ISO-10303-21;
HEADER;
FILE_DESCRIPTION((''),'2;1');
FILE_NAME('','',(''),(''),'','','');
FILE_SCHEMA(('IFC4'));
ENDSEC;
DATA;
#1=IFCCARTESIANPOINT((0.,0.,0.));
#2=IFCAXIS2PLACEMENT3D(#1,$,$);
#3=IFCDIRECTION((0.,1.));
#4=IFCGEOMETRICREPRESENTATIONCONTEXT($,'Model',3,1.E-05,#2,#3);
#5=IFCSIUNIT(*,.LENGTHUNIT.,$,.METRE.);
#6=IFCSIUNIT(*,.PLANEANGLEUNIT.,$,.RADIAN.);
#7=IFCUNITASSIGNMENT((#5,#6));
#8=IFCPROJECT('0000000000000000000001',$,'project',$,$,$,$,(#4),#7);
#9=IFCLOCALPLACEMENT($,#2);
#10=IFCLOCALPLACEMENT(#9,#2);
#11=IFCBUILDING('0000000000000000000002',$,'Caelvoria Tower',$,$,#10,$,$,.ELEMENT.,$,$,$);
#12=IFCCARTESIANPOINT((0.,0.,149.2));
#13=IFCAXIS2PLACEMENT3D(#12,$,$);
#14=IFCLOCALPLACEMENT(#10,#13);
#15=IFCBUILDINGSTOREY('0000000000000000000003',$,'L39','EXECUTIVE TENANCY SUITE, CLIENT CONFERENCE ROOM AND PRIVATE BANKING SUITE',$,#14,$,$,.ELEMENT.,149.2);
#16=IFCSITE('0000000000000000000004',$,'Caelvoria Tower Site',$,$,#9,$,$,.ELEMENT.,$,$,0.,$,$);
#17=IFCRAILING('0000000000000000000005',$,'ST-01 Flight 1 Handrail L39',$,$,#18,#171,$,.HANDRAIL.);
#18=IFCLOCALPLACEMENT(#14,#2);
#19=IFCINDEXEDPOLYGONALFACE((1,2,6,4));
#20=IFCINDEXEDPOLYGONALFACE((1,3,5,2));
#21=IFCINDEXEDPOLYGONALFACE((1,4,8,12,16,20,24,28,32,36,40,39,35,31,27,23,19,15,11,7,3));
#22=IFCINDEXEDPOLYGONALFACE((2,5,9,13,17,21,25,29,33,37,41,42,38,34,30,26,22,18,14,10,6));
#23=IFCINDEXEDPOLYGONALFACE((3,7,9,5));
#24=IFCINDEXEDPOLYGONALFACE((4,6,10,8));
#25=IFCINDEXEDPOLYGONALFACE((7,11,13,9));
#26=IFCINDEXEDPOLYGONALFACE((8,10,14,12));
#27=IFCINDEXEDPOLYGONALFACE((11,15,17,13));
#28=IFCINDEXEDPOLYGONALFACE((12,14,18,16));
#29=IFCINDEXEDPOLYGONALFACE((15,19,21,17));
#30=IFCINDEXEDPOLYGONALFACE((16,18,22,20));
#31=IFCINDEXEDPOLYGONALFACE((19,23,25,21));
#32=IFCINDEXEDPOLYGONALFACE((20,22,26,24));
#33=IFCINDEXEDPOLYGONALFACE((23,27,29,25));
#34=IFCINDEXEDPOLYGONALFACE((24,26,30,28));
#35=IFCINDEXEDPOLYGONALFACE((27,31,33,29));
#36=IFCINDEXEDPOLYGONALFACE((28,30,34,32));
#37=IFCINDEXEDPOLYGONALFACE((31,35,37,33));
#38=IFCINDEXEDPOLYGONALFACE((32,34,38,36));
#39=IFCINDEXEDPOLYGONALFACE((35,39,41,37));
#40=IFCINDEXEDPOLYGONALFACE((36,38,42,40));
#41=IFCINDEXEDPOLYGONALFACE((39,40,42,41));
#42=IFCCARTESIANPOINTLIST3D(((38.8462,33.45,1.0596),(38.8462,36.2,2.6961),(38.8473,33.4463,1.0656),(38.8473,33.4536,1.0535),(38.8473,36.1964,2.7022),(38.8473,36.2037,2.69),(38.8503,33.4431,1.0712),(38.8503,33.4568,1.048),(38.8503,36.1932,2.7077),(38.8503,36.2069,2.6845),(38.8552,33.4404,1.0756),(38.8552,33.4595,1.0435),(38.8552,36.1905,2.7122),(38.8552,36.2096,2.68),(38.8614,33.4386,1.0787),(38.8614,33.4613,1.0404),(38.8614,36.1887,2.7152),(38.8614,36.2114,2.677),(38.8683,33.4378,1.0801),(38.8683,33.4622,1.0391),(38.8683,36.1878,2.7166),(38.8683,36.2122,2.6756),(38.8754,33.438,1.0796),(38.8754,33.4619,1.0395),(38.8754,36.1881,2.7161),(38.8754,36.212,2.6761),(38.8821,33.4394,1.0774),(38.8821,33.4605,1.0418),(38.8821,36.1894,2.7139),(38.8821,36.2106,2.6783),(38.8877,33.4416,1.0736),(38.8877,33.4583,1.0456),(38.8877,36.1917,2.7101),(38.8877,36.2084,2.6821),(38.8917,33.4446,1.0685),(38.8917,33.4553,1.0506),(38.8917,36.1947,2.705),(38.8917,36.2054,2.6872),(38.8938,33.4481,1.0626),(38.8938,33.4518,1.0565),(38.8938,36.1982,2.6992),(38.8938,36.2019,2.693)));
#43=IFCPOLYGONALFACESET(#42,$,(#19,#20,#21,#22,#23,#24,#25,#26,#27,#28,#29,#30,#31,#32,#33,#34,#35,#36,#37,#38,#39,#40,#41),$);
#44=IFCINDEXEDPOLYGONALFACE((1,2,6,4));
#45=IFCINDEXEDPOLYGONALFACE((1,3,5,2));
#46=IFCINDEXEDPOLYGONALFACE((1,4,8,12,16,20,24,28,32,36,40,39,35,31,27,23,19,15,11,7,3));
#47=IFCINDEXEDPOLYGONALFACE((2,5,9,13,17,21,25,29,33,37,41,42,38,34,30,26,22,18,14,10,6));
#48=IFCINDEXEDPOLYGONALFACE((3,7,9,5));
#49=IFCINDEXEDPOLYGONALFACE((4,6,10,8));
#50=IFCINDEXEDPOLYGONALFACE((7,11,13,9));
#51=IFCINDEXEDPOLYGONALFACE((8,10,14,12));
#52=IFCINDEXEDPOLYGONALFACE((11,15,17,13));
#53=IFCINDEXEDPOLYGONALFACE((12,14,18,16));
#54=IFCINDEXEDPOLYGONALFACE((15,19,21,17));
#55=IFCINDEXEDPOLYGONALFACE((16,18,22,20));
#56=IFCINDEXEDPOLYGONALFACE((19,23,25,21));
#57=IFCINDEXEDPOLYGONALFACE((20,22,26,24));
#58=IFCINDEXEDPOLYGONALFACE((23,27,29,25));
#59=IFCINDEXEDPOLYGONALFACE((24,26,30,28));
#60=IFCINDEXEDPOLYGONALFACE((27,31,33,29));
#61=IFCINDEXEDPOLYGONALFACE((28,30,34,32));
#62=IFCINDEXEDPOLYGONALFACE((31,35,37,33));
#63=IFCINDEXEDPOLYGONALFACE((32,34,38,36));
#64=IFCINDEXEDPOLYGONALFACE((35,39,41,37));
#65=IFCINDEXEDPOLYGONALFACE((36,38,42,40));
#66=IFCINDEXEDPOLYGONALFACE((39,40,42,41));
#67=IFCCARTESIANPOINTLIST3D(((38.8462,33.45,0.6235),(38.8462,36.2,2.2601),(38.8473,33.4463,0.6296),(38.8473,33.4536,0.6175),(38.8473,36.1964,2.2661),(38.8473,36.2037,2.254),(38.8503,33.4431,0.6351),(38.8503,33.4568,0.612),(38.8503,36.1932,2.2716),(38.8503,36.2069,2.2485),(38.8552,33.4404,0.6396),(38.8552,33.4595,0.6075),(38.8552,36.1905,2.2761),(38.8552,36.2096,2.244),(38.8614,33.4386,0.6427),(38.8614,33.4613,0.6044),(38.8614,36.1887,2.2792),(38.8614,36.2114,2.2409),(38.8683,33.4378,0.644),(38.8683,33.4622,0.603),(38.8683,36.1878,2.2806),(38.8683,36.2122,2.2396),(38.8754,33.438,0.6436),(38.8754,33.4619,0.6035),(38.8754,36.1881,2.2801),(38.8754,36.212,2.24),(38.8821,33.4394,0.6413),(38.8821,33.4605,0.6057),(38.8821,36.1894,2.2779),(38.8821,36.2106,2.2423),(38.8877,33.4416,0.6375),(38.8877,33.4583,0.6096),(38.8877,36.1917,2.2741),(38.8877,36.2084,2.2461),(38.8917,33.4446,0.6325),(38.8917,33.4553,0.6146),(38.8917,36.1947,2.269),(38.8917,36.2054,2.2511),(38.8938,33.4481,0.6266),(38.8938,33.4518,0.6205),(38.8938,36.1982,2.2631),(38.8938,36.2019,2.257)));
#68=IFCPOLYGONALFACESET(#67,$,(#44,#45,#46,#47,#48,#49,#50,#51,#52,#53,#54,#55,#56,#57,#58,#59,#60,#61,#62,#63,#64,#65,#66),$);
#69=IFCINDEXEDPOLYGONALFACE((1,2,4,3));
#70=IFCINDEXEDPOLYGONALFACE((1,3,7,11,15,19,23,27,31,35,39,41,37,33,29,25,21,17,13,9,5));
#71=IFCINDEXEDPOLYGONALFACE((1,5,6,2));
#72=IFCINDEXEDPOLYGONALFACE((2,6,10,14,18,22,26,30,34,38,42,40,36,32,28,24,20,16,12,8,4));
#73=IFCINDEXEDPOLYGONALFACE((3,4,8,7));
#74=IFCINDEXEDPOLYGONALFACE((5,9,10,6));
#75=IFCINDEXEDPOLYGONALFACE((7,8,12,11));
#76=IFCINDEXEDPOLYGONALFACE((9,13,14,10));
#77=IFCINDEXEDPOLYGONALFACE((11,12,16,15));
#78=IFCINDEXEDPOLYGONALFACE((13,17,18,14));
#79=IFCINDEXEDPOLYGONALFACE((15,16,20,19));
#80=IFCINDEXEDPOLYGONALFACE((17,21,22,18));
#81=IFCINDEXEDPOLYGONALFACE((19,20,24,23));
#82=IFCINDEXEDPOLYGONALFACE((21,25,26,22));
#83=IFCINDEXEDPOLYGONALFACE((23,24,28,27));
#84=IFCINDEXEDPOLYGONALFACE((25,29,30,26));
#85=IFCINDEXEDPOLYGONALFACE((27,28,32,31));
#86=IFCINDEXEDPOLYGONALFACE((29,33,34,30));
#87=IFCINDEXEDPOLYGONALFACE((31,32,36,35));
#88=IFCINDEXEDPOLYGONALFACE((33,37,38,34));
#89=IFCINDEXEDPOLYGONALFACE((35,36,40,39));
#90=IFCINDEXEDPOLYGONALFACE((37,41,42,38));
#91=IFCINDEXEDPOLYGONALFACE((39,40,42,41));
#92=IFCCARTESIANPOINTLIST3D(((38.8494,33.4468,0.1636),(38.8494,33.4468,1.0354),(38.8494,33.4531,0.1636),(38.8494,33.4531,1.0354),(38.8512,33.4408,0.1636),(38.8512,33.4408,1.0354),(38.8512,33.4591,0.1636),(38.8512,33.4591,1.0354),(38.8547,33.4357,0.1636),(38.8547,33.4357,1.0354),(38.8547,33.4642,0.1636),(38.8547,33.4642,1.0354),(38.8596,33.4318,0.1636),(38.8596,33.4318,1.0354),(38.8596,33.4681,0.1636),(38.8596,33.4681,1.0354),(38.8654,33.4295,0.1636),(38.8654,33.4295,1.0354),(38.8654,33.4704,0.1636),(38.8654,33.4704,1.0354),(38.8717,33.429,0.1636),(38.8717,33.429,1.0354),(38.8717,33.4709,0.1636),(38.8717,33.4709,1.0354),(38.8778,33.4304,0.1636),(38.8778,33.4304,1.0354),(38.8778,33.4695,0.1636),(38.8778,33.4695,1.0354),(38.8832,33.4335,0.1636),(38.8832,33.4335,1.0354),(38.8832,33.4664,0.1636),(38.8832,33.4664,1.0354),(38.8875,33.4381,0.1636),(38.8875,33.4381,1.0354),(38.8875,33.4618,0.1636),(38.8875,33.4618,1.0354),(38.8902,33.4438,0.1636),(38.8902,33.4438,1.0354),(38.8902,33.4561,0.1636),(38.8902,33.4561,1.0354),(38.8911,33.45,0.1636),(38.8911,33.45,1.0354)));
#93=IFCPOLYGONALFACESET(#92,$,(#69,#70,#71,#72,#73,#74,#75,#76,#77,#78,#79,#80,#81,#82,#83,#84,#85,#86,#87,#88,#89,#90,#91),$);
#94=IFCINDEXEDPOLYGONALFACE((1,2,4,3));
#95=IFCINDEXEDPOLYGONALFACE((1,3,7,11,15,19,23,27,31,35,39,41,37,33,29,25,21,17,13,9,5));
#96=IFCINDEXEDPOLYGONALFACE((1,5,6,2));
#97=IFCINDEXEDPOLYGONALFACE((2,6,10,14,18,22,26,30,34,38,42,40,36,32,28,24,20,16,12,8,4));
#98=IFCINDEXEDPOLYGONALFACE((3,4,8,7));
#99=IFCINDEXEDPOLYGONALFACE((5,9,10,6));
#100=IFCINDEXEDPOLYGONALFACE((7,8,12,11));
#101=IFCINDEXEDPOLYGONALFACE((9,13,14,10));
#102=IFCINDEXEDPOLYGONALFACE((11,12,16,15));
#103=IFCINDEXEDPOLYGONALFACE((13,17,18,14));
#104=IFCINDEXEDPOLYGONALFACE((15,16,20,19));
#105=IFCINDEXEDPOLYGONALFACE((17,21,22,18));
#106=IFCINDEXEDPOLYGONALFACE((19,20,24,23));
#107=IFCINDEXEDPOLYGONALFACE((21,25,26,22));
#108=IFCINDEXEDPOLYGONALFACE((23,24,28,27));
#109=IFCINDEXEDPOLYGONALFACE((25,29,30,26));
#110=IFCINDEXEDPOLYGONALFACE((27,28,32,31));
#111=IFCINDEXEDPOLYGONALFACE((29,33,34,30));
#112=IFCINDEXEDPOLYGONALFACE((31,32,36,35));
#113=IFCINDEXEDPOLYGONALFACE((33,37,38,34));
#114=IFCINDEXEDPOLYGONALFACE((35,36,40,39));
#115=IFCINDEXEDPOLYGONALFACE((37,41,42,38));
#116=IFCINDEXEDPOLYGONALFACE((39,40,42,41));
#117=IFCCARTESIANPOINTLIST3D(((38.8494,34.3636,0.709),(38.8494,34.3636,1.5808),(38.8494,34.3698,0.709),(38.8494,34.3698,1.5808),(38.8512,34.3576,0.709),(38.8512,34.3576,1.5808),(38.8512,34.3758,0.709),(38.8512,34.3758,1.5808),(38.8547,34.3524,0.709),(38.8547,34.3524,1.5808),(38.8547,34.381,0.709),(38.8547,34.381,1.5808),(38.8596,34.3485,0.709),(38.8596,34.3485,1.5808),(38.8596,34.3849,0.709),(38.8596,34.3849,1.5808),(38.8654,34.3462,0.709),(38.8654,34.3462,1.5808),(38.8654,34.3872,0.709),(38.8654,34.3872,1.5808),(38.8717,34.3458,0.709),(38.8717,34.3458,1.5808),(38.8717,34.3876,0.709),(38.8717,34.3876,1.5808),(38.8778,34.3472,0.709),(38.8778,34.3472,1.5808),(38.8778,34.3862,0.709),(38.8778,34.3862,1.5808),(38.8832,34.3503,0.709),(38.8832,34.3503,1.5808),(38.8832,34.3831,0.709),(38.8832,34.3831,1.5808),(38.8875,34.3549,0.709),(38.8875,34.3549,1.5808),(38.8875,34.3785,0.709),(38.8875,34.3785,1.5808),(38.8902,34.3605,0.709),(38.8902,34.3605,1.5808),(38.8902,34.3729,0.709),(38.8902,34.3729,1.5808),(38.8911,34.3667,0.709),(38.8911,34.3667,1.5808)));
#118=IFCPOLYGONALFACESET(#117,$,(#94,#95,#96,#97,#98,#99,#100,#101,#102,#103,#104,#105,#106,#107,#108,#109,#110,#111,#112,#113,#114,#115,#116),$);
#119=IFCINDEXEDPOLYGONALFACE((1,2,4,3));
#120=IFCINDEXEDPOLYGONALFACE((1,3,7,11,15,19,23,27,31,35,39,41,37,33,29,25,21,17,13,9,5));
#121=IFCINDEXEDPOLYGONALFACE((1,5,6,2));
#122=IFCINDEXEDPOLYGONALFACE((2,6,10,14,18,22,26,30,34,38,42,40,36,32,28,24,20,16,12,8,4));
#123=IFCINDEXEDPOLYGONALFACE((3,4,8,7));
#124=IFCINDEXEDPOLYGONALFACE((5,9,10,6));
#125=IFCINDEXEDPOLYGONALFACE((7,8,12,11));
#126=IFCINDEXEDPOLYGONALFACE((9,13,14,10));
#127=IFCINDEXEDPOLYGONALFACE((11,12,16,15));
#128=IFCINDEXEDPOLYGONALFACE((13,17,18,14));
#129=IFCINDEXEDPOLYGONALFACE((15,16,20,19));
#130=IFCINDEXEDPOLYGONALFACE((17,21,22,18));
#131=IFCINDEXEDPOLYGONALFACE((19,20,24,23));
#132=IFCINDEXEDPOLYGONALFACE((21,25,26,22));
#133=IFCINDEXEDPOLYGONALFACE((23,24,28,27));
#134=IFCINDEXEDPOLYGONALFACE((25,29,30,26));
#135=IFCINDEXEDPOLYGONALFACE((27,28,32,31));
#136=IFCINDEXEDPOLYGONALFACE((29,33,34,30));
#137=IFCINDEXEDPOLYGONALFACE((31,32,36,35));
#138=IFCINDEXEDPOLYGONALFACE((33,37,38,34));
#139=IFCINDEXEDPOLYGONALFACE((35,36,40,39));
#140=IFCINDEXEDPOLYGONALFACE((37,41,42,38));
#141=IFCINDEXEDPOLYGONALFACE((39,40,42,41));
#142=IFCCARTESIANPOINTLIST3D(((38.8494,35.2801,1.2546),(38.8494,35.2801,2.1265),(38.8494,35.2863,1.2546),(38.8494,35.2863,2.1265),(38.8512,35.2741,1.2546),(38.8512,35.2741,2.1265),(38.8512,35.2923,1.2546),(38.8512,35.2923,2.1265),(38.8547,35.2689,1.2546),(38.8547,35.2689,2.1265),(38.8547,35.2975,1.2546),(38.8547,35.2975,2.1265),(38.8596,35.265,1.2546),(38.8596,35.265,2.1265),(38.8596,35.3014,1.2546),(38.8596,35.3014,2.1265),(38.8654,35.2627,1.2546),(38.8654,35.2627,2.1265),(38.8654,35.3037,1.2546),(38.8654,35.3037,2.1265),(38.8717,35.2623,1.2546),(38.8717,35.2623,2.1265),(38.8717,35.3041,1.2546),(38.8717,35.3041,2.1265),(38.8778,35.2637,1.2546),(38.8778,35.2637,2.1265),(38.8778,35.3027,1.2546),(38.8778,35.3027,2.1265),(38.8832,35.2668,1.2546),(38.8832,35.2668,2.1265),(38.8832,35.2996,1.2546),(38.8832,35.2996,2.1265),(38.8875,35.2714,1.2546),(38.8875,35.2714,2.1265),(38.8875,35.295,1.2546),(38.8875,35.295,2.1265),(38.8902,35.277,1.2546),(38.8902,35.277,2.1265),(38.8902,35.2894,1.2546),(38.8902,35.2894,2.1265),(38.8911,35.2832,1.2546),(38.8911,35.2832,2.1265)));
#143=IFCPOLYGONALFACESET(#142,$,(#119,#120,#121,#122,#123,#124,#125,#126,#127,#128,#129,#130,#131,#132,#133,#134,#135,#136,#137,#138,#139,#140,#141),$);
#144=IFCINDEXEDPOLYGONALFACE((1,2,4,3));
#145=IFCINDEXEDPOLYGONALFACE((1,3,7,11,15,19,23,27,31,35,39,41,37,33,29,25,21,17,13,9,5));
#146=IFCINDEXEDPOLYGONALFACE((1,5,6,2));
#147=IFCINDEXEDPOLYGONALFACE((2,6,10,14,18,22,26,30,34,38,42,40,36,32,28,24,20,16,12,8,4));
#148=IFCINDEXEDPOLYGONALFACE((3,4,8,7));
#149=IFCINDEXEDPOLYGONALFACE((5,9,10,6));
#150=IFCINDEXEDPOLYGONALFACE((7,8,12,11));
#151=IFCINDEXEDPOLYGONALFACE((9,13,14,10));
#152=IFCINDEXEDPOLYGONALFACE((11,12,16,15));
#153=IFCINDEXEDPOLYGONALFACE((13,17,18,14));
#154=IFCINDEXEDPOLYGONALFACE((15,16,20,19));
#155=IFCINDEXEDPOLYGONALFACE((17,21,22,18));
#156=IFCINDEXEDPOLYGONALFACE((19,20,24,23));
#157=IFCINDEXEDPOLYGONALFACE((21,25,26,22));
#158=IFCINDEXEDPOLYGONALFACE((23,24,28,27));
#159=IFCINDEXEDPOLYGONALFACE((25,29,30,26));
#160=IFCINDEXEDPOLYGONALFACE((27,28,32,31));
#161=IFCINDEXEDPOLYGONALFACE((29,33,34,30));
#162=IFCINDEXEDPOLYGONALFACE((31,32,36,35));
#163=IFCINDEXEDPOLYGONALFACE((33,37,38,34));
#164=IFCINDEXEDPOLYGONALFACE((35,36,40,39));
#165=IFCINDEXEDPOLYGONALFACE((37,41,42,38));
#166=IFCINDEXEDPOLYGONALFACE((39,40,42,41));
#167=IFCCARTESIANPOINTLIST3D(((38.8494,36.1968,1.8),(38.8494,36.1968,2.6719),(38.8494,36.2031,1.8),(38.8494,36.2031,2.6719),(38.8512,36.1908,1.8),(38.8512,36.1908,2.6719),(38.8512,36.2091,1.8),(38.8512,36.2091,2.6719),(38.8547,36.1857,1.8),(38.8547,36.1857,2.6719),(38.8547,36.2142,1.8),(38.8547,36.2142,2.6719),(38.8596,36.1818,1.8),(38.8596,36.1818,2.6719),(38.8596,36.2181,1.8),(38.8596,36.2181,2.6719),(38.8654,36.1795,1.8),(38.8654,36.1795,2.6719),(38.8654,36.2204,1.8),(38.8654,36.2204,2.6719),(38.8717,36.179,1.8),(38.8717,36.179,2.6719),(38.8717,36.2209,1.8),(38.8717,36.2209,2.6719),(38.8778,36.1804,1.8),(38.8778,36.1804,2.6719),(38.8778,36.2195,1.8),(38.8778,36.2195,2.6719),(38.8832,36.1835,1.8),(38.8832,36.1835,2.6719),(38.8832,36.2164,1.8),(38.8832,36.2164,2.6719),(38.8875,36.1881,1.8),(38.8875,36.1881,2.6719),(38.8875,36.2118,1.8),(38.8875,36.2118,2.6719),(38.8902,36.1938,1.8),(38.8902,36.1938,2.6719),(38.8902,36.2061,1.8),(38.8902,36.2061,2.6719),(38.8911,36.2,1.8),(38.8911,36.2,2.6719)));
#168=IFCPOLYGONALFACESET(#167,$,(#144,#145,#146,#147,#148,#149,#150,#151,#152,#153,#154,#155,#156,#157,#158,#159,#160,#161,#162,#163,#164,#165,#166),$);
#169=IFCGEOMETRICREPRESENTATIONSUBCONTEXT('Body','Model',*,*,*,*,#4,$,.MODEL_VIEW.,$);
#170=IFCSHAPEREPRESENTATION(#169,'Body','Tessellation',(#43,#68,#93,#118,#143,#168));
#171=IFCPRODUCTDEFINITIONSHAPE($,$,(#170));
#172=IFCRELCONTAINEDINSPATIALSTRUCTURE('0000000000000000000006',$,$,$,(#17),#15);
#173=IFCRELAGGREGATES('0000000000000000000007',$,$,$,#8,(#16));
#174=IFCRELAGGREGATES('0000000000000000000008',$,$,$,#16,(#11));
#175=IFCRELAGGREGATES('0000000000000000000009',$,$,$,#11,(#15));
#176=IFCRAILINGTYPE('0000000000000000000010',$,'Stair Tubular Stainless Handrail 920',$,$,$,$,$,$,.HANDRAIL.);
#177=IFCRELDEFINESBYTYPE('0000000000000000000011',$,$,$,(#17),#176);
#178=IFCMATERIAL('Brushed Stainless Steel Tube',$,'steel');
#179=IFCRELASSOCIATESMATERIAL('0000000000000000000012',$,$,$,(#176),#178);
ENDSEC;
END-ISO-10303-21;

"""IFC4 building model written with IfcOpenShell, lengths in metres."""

from ifc_helpers import new_model, si_unit, direction, frame, origin, origin_2d, place, context, subcontext, project, spatial, circle, extrude, material, type_object, element, save


model = new_model("IFC4")

# Units and contexts
model_context = context("Model", 3, precision=1e-05, world=origin(), true_north=direction((0.0, 1.0)))
body_context = subcontext(model_context, "Body", "Model", "MODEL_VIEW")
ifc_project = project(units=[si_unit("LENGTHUNIT", "METRE"), si_unit("PLANEANGLEUNIT", "RADIAN")], contexts=[model_context])

# Site, building, storey
site_placement = place(None, origin())
site = spatial("IfcSite", under=ifc_project, at=site_placement, Name="Caelvoria Tower Site", CompositionType="ELEMENT", RefElevation=0.0)
building_placement = place(site_placement, origin())
building = spatial("IfcBuilding", under=site, at=building_placement, Name="Caelvoria Tower", CompositionType="ELEMENT")
storey_placement = place(building_placement, frame((0.0, 0.0, 149.2)))
storey = spatial("IfcBuildingStorey", under=building, at=storey_placement, Name="L39", Description="EXECUTIVE TENANCY SUITE, CLIENT CONFERENCE ROOM AND PRIVATE BANKING SUITE", CompositionType="ELEMENT", Elevation=149.2)

# Railing
ifc_material_1 = material(Name="Brushed Stainless Steel Tube", Category="steel")
railing_type_1 = type_object("IfcRailingType", Name="Stair Tubular Stainless Handrail 920", PredefinedType="HANDRAIL", material=ifc_material_1)
railing_1_placement = place(storey_placement, frame((38.8701, 33.45, 0.1636)))
element("IfcRailing", 1, at=railing_1_placement, inside=storey, type_object=railing_type_1, Name="ST-01 Flight 1 Handrail L39", PredefinedType="HANDRAIL", context=body_context, shape_type="SweptSolid", body=[
    extrude(circle(Radius=0.0239, at=origin_2d()), frame((0.0, 0.0, 0.896), z_axis=(0.0, 0.859352, 0.511385), x_axis=(-1.0, 0.0, 0.0)), (0.0, 0.0, 1.0), 3.2002),
    extrude(circle(Radius=0.0239, at=origin_2d()), frame((0.0, 0.0, 0.46), z_axis=(0.0, 0.859352, 0.511385), x_axis=(-1.0, 0.0, 0.0)), (0.0, 0.0, 1.0), 3.2002),
    extrude(circle(Radius=0.021, at=origin_2d()), origin(), (0.0, 0.0, 1.0), 0.8718),
    extrude(circle(Radius=0.021, at=origin_2d()), frame((0.0, 0.9167, 0.5454)), (0.0, 0.0, 1.0), 0.8718),
    extrude(circle(Radius=0.021, at=origin_2d()), frame((0.0, 1.8333, 1.0911)), (0.0, 0.0, 1.0), 0.8718),
    extrude(circle(Radius=0.021, at=origin_2d()), frame((0.0, 2.75, 1.6365)), (0.0, 0.0, 1.0), 0.8718),
])

save(model, "model.ifc")
